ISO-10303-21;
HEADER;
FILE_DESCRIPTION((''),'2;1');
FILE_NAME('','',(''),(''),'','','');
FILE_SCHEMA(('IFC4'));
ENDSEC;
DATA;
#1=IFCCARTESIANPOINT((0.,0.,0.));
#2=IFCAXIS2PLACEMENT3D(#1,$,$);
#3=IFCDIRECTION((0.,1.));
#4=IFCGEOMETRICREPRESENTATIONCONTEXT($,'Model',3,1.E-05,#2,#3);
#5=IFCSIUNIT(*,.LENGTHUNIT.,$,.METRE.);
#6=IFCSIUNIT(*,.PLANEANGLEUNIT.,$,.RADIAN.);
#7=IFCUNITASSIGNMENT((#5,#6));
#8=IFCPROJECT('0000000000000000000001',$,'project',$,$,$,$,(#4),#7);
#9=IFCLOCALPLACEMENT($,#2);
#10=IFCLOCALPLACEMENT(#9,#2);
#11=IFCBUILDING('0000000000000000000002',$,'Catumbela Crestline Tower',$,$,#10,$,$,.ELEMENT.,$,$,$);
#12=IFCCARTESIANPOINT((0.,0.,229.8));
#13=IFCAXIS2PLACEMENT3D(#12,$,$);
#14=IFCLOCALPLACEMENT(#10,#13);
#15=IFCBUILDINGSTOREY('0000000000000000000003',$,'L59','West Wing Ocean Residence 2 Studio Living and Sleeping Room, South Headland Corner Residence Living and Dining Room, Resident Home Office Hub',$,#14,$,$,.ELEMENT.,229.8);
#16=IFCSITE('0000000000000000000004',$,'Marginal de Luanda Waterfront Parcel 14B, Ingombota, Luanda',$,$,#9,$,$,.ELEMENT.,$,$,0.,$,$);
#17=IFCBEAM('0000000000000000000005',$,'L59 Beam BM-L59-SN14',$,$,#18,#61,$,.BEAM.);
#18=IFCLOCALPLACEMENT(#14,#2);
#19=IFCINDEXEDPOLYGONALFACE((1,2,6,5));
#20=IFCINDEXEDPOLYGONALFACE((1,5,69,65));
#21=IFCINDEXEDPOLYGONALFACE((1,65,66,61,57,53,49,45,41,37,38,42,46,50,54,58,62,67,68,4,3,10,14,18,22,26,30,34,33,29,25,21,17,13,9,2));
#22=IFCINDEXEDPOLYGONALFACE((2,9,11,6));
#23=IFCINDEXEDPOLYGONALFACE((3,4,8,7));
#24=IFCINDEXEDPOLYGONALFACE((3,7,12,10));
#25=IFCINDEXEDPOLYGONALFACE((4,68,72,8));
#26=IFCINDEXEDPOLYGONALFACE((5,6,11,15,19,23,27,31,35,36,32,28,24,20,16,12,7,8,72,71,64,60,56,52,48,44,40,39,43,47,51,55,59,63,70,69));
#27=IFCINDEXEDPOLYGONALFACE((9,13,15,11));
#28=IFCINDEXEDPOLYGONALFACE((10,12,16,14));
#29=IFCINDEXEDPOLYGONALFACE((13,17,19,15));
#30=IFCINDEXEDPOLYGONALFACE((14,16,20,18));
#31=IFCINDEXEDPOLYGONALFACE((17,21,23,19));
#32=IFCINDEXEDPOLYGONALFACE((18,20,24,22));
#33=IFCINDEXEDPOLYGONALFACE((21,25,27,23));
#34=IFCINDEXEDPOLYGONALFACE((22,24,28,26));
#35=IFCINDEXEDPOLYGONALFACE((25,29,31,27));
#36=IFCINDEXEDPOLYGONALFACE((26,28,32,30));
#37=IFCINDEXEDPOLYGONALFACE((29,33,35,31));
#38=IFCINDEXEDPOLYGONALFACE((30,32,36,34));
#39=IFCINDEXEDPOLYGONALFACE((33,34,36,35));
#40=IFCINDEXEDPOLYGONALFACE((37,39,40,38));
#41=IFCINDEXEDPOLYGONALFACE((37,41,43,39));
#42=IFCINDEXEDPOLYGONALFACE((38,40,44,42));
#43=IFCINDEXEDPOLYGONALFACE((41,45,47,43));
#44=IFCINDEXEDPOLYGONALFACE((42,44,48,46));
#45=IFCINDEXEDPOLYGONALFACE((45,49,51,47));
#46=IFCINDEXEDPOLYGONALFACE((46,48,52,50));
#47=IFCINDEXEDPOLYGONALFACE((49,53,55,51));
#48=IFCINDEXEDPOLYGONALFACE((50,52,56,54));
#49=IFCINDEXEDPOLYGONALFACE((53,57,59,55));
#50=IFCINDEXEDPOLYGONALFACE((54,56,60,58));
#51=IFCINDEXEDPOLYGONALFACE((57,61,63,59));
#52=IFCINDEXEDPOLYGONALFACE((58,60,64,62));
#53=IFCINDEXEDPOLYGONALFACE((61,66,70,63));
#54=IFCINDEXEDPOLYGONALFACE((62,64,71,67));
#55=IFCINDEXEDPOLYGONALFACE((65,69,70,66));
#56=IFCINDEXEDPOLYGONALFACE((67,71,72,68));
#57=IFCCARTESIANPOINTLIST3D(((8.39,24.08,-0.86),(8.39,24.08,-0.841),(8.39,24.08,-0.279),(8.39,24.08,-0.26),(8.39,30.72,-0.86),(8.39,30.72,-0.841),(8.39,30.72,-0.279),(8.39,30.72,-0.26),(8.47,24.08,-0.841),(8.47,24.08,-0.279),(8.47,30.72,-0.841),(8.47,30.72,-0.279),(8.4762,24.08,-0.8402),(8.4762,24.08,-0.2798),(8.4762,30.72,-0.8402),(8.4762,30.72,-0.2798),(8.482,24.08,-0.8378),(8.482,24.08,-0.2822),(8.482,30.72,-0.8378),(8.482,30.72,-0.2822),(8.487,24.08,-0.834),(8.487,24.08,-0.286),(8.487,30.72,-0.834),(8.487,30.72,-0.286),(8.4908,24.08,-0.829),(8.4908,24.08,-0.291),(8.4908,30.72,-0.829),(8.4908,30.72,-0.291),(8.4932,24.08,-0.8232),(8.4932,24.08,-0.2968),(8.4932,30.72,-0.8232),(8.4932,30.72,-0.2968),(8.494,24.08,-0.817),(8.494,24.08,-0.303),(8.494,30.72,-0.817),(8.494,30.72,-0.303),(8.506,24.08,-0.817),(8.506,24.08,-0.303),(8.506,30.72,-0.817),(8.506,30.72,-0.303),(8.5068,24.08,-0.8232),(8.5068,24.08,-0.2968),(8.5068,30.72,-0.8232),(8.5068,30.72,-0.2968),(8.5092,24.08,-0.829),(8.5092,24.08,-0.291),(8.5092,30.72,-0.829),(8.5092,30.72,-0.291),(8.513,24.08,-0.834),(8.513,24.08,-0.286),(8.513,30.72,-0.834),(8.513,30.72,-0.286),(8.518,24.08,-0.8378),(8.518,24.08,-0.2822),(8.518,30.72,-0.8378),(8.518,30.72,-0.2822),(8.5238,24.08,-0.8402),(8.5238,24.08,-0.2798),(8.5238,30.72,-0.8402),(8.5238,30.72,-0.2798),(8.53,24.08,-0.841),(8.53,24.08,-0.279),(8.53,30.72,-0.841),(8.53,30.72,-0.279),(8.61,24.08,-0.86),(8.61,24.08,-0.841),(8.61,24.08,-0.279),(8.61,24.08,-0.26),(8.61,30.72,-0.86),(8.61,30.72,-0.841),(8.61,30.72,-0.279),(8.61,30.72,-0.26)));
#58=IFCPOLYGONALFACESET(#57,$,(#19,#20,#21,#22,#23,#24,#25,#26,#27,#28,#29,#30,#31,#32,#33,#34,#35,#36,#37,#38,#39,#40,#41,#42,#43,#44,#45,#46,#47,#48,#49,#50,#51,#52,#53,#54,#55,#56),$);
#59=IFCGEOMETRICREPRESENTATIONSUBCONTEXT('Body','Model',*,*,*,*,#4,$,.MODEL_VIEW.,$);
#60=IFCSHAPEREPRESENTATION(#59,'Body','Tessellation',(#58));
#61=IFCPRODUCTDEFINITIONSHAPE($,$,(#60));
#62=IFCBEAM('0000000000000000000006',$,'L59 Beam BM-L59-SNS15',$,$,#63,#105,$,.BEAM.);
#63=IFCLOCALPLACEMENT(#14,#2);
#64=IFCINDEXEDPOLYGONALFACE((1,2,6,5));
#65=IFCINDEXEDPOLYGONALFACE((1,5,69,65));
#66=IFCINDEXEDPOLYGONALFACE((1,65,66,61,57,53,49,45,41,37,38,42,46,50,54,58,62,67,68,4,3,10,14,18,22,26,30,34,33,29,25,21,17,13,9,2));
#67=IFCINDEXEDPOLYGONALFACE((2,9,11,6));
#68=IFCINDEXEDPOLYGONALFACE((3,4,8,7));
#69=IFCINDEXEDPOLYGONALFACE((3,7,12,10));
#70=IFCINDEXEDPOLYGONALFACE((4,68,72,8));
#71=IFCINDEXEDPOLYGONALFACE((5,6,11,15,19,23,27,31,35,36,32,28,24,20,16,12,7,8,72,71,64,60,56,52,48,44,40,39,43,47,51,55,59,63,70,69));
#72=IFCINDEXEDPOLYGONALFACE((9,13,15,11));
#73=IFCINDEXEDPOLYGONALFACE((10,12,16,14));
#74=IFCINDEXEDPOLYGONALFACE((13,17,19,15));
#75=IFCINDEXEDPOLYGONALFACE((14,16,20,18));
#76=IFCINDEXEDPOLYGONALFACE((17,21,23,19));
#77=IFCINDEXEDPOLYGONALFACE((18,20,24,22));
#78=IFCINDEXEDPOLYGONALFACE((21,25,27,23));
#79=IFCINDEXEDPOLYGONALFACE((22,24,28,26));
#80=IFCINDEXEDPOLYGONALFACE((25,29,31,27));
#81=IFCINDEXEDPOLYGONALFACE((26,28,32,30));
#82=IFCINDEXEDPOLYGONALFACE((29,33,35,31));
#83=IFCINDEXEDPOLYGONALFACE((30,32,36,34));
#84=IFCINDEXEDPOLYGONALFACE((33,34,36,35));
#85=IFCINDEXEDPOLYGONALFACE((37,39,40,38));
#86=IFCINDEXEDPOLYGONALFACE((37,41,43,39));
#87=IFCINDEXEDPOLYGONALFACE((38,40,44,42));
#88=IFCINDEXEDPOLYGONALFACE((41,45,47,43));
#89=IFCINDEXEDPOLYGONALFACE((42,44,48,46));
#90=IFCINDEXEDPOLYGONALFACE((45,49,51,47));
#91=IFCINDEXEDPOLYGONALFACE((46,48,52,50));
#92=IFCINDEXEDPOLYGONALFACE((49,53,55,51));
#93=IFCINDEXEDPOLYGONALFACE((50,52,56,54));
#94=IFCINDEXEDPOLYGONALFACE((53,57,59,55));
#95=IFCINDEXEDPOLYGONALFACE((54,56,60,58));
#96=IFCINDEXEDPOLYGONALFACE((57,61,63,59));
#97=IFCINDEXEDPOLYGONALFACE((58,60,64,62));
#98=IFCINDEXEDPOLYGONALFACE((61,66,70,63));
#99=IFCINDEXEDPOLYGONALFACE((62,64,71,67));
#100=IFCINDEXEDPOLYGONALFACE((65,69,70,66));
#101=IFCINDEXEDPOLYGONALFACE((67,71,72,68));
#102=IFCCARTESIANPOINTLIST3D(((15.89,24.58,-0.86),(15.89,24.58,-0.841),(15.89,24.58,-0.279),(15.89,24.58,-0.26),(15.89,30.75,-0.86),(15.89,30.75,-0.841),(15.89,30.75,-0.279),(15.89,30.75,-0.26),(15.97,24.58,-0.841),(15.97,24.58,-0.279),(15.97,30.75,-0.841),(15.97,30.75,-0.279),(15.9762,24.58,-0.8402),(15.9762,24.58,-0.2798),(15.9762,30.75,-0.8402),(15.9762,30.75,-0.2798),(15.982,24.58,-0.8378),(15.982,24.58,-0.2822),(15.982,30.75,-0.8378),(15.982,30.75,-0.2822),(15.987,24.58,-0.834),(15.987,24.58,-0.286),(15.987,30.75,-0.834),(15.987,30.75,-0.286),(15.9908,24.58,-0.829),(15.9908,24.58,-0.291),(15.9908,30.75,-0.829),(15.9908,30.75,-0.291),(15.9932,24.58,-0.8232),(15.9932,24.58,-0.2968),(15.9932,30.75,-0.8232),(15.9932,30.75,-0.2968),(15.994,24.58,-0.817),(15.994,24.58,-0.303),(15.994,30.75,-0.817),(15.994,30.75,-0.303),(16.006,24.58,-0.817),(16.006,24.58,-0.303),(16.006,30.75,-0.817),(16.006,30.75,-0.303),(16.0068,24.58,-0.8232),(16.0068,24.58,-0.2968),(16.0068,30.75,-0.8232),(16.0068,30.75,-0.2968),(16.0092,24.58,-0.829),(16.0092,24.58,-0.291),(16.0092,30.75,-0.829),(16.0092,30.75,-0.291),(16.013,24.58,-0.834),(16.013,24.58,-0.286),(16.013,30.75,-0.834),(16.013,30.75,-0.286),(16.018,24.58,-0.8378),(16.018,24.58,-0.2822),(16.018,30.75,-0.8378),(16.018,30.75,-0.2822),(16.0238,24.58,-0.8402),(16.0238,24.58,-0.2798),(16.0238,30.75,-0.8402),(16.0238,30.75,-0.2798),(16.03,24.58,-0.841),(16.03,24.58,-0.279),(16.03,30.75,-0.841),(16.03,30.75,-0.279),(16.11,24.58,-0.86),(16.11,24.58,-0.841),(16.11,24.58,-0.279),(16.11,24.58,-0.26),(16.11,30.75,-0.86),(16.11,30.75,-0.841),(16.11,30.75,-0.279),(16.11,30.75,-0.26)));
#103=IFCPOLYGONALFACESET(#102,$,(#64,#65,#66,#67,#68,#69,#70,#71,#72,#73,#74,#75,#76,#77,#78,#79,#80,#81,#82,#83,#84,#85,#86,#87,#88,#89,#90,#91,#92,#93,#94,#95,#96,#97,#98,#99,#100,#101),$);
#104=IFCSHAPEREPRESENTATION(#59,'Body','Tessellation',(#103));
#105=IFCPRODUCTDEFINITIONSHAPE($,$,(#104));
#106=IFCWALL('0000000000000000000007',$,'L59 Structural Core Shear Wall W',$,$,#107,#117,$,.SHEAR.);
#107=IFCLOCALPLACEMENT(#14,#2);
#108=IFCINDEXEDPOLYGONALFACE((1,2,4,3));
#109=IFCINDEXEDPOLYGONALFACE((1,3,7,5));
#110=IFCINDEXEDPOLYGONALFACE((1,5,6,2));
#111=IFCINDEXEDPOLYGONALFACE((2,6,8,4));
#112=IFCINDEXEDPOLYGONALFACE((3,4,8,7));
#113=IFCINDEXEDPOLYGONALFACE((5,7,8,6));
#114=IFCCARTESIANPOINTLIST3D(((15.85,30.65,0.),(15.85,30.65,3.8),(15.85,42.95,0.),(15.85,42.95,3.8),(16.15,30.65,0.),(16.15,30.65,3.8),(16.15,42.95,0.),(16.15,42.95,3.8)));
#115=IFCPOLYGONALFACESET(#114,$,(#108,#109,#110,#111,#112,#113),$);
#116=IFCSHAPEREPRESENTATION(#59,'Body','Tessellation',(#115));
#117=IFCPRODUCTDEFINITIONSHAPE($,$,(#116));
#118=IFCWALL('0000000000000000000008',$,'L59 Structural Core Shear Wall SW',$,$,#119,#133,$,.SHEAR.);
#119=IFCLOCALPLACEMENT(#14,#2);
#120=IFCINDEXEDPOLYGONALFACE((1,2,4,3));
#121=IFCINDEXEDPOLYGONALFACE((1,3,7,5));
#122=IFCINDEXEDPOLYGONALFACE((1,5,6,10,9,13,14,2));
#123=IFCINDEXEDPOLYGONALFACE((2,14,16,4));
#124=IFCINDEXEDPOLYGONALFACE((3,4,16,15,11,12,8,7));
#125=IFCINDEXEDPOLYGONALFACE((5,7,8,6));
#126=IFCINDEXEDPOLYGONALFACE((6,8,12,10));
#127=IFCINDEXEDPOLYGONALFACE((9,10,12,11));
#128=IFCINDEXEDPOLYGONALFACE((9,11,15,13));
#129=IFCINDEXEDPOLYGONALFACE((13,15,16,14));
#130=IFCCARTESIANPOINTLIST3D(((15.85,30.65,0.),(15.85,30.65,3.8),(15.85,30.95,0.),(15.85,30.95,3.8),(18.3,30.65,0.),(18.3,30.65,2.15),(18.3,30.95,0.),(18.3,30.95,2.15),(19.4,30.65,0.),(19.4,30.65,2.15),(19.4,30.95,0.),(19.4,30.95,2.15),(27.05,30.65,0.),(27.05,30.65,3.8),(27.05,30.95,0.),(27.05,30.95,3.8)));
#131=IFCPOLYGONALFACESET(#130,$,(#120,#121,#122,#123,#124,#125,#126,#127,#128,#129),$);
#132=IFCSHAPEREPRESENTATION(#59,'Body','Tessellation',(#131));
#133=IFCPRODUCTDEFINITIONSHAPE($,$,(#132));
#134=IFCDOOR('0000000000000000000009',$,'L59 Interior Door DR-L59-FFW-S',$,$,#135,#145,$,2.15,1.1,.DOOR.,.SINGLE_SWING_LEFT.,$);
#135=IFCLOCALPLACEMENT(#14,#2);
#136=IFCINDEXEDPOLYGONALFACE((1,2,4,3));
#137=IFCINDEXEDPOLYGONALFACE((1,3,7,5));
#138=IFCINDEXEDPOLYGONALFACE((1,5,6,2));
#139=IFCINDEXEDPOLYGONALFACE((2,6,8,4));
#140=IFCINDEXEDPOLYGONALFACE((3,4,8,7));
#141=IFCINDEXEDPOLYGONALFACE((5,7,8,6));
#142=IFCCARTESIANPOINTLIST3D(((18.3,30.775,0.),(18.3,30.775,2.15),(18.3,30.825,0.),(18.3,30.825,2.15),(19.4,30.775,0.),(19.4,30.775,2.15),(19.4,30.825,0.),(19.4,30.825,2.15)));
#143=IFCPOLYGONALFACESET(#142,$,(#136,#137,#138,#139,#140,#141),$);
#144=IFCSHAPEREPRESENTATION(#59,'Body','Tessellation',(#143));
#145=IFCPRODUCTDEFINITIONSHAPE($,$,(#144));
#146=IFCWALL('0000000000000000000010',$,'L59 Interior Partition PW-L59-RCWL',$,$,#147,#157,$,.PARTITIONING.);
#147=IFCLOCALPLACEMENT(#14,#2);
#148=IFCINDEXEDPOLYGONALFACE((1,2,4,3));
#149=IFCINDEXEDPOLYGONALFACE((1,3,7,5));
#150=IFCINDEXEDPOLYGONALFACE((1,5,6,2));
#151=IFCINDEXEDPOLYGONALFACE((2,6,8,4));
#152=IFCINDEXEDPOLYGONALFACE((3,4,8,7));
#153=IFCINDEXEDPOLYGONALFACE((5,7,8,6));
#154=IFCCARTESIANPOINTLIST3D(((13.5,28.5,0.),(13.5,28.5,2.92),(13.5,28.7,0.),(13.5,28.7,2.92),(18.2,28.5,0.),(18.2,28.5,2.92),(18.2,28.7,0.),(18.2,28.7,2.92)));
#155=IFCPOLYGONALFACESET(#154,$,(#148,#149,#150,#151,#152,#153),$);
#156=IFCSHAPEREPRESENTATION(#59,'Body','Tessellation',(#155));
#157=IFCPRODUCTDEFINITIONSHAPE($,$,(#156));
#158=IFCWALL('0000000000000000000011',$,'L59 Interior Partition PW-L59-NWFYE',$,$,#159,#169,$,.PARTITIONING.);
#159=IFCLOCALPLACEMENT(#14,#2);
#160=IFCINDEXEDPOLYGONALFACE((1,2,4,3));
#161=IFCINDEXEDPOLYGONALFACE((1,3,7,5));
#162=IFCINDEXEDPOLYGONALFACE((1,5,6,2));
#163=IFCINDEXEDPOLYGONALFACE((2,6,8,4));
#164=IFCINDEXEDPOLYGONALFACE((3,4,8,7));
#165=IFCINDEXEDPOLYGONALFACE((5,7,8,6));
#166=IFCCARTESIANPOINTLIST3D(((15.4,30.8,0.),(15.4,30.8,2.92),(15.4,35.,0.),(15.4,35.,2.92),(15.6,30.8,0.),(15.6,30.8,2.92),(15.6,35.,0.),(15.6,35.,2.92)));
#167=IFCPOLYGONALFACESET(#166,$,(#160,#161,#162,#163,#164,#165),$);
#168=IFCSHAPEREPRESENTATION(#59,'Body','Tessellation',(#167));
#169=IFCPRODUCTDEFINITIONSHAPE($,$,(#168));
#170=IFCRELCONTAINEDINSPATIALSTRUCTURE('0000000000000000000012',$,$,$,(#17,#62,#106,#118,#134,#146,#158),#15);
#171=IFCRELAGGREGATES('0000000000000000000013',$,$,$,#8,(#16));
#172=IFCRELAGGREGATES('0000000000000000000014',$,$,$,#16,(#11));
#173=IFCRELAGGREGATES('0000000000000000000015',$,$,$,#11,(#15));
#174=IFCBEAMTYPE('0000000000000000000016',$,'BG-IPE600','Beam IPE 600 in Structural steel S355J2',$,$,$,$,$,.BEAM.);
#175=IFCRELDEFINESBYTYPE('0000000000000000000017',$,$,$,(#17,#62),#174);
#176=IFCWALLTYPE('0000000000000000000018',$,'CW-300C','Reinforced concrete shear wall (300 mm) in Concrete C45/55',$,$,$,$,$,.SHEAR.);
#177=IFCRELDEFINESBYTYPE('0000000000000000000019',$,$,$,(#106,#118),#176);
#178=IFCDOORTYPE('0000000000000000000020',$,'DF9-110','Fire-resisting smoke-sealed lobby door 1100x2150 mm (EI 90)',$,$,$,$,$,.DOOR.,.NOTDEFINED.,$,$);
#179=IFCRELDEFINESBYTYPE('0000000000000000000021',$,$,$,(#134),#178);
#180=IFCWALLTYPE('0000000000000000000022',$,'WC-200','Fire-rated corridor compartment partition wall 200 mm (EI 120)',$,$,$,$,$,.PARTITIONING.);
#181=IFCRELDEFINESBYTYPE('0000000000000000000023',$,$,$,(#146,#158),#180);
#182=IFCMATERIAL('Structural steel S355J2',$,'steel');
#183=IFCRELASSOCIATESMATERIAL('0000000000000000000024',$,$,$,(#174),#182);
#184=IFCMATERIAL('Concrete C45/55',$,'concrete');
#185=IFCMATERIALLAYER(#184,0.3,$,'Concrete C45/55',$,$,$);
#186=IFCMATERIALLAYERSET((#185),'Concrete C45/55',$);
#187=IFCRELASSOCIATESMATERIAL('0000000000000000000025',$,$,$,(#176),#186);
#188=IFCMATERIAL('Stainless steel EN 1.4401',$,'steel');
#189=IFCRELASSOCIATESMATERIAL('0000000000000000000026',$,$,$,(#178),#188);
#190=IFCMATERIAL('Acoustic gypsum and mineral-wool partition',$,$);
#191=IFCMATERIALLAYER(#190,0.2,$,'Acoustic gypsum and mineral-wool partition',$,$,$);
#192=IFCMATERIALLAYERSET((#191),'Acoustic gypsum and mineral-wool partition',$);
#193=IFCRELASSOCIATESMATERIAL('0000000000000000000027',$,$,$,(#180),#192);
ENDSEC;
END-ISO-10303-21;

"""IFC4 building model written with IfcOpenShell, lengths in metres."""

from ifc_helpers import new_model, si_unit, direction, frame, frame_2d, origin, origin_2d, place, context, subcontext, project, spatial, rectangle, i_section, extrude, material, layer, layer_set, material_profile, profile_set, type_object, element, fill, save


model = new_model("IFC4")

# Units and contexts
model_context = context("Model", 3, precision=1e-05, world=origin(), true_north=direction((0.0, 1.0)))
body_context = subcontext(model_context, "Body", "Model", "MODEL_VIEW")
ifc_project = project(units=[si_unit("LENGTHUNIT", "METRE"), si_unit("PLANEANGLEUNIT", "RADIAN")], contexts=[model_context])

# Site, building, storey
site_placement = place(None, origin())
site = spatial("IfcSite", under=ifc_project, at=site_placement, Name="Marginal de Luanda Waterfront Parcel 14B, Ingombota, Luanda", CompositionType="ELEMENT", RefElevation=0.0)
building_placement = place(site_placement, origin())
building = spatial("IfcBuilding", under=site, at=building_placement, Name="Catumbela Crestline Tower", CompositionType="ELEMENT")
storey_placement = place(building_placement, frame((0.0, 0.0, 229.8)))
storey = spatial("IfcBuildingStorey", under=building, at=storey_placement, Name="L59", Description="West Wing Ocean Residence 2 Studio Living and Sleeping Room, South Headland Corner Residence Living and Dining Room, Resident Home Office Hub", CompositionType="ELEMENT", Elevation=229.8)

# Shared definitions
ifc_material_1 = material(Name="Concrete C45/55", Category="concrete")
ifc_material_2 = material(Name="Structural steel S355J2", Category="steel")

# Beams
ifc_material_profile_1 = material_profile(ifc_material_2, i_section(OverallWidth=0.22, OverallDepth=0.6, WebThickness=0.012, FlangeThickness=0.019, FilletRadius=0.024, at=origin_2d()), Name="IPE 600")
ifc_profile_set_1 = profile_set([ifc_material_profile_1], Name="Structural steel S355J2")
beam_type = type_object("IfcBeamType", Name="BG-IPE600", Description="Beam IPE 600 in Structural steel S355J2", PredefinedType="BEAM", material=ifc_profile_set_1)
beam_1_placement = place(storey_placement, frame((8.5, 24.08, -0.56), z_axis=(0.0, 1.0, 0.0), x_axis=(-1.0, 0.0, 0.0)))
element("IfcBeam", 1, at=beam_1_placement, inside=storey, type_object=beam_type, Name="L59 Beam BM-L59-SN14", PredefinedType="BEAM", context=body_context, shape_type="SweptSolid", body=[
    extrude(i_section(OverallWidth=0.22, OverallDepth=0.6, WebThickness=0.012, FlangeThickness=0.019, FilletRadius=0.024, at=origin_2d()), origin(), (0.0, 0.0, 1.0), 6.64),
])
beam_2_placement = place(storey_placement, frame((16.0, 24.58, -0.56), z_axis=(0.0, 1.0, 0.0), x_axis=(-1.0, 0.0, 0.0)))
element("IfcBeam", 2, at=beam_2_placement, inside=storey, type_object=beam_type, Name="L59 Beam BM-L59-SNS15", PredefinedType="BEAM", context=body_context, shape_type="SweptSolid", body=[
    extrude(i_section(OverallWidth=0.22, OverallDepth=0.6, WebThickness=0.012, FlangeThickness=0.019, FilletRadius=0.024, at=origin_2d()), origin(), (0.0, 0.0, 1.0), 6.17),
])

# Wall
ifc_layer_1 = layer(ifc_material_1, 0.3, Name="Concrete C45/55")
ifc_layer_set_1 = layer_set([ifc_layer_1], Name="Concrete C45/55")
wall_type_1 = type_object("IfcWallType", Name="CW-300C", Description="Reinforced concrete shear wall (300 mm) in Concrete C45/55", PredefinedType="SHEAR", material=ifc_layer_set_1)
wall_1_placement = place(storey_placement, frame((16.0, 30.65, 0.0), z_axis=(0.0, 0.0, 1.0), x_axis=(0.0, 1.0, 0.0)))
element("IfcWall", 3, at=wall_1_placement, inside=storey, type_object=wall_type_1, Name="L59 Structural Core Shear Wall W", PredefinedType="SHEAR", context=body_context, shape_type="SweptSolid", body=[
    extrude(rectangle(XDim=12.3, YDim=0.3, at=frame_2d((6.15, 0.0))), origin(), (0.0, 0.0, 1.0), 3.8),
])

# Wall, opening, door
wall_2_placement = place(storey_placement, frame((15.85, 30.8, 0.0), z_axis=(0.0, 0.0, 1.0), x_axis=(1.0, 0.0, 0.0)))
wall_2 = element("IfcWall", 4, at=wall_2_placement, inside=storey, type_object=wall_type_1, Name="L59 Structural Core Shear Wall SW", PredefinedType="SHEAR", context=body_context, shape_type="SweptSolid", body=[
    extrude(rectangle(XDim=11.2, YDim=0.3, at=frame_2d((5.6, 0.0))), origin(), (0.0, 0.0, 1.0), 3.8),
])
opening_1_placement = place(wall_2_placement, frame((2.45, 0.0, 0.0)))
opening_1 = element("IfcOpeningElement", 5, at=opening_1_placement, cuts=wall_2, PredefinedType="OPENING", context=body_context, shape_type="SweptSolid", body=[
    extrude(rectangle(XDim=1.1, YDim=2.15, at=frame_2d((0.55, 1.075))), frame((0.0, 0.16, 0.0), z_axis=(0.0, -1.0, 0.0), x_axis=(1.0, 0.0, 0.0)), (0.0, 0.0, 1.0), 0.32),
])
ifc_material_3 = material(Name="Stainless steel EN 1.4401", Category="steel")
door_type_1 = type_object("IfcDoorType", Name="DF9-110", Description="Fire-resisting smoke-sealed lobby door 1100x2150 mm (EI 90)", OperationType="NOTDEFINED", PredefinedType="DOOR", material=ifc_material_3)
door_1_placement = place(opening_1_placement, origin())
door_1 = element("IfcDoor", 6, at=door_1_placement, inside=storey, type_object=door_type_1, Name="L59 Interior Door DR-L59-FFW-S", OperationType="SINGLE_SWING_LEFT", OverallHeight=2.15, OverallWidth=1.1, PredefinedType="DOOR", context=body_context, shape_type="SweptSolid", body=[
    extrude(rectangle(XDim=1.1, YDim=2.15, at=frame_2d((0.55, 1.075))), frame((0.0, 0.025, 0.0), z_axis=(0.0, -1.0, 0.0), x_axis=(1.0, 0.0, 0.0)), (0.0, 0.0, 1.0), 0.05),
])
fill(opening_1, door_1)

# Walls
ifc_material_4 = material(Name="Acoustic gypsum and mineral-wool partition")
ifc_layer_2 = layer(ifc_material_4, 0.2, Name="Acoustic gypsum and mineral-wool partition")
ifc_layer_set_2 = layer_set([ifc_layer_2], Name="Acoustic gypsum and mineral-wool partition")
wall_type_2 = type_object("IfcWallType", Name="WC-200", Description="Fire-rated corridor compartment partition wall 200 mm (EI 120)", PredefinedType="PARTITIONING", material=ifc_layer_set_2)
wall_3_placement = place(storey_placement, frame((13.5, 28.6, 0.0), z_axis=(0.0, 0.0, 1.0), x_axis=(1.0, 0.0, 0.0)))
element("IfcWall", 7, at=wall_3_placement, inside=storey, type_object=wall_type_2, Name="L59 Interior Partition PW-L59-RCWL", PredefinedType="PARTITIONING", context=body_context, shape_type="SweptSolid", body=[
    extrude(rectangle(XDim=4.7, YDim=0.2, at=frame_2d((2.35, 0.0))), origin(), (0.0, 0.0, 1.0), 2.92),
])
wall_4_placement = place(storey_placement, frame((15.5, 30.8, 0.0), z_axis=(0.0, 0.0, 1.0), x_axis=(0.0, 1.0, 0.0)))
element("IfcWall", 8, at=wall_4_placement, inside=storey, type_object=wall_type_2, Name="L59 Interior Partition PW-L59-NWFYE", PredefinedType="PARTITIONING", context=body_context, shape_type="SweptSolid", body=[
    extrude(rectangle(XDim=4.2, YDim=0.2, at=frame_2d((2.1, 0.0))), origin(), (0.0, 0.0, 1.0), 2.92),
])

save(model, "model.ifc")
